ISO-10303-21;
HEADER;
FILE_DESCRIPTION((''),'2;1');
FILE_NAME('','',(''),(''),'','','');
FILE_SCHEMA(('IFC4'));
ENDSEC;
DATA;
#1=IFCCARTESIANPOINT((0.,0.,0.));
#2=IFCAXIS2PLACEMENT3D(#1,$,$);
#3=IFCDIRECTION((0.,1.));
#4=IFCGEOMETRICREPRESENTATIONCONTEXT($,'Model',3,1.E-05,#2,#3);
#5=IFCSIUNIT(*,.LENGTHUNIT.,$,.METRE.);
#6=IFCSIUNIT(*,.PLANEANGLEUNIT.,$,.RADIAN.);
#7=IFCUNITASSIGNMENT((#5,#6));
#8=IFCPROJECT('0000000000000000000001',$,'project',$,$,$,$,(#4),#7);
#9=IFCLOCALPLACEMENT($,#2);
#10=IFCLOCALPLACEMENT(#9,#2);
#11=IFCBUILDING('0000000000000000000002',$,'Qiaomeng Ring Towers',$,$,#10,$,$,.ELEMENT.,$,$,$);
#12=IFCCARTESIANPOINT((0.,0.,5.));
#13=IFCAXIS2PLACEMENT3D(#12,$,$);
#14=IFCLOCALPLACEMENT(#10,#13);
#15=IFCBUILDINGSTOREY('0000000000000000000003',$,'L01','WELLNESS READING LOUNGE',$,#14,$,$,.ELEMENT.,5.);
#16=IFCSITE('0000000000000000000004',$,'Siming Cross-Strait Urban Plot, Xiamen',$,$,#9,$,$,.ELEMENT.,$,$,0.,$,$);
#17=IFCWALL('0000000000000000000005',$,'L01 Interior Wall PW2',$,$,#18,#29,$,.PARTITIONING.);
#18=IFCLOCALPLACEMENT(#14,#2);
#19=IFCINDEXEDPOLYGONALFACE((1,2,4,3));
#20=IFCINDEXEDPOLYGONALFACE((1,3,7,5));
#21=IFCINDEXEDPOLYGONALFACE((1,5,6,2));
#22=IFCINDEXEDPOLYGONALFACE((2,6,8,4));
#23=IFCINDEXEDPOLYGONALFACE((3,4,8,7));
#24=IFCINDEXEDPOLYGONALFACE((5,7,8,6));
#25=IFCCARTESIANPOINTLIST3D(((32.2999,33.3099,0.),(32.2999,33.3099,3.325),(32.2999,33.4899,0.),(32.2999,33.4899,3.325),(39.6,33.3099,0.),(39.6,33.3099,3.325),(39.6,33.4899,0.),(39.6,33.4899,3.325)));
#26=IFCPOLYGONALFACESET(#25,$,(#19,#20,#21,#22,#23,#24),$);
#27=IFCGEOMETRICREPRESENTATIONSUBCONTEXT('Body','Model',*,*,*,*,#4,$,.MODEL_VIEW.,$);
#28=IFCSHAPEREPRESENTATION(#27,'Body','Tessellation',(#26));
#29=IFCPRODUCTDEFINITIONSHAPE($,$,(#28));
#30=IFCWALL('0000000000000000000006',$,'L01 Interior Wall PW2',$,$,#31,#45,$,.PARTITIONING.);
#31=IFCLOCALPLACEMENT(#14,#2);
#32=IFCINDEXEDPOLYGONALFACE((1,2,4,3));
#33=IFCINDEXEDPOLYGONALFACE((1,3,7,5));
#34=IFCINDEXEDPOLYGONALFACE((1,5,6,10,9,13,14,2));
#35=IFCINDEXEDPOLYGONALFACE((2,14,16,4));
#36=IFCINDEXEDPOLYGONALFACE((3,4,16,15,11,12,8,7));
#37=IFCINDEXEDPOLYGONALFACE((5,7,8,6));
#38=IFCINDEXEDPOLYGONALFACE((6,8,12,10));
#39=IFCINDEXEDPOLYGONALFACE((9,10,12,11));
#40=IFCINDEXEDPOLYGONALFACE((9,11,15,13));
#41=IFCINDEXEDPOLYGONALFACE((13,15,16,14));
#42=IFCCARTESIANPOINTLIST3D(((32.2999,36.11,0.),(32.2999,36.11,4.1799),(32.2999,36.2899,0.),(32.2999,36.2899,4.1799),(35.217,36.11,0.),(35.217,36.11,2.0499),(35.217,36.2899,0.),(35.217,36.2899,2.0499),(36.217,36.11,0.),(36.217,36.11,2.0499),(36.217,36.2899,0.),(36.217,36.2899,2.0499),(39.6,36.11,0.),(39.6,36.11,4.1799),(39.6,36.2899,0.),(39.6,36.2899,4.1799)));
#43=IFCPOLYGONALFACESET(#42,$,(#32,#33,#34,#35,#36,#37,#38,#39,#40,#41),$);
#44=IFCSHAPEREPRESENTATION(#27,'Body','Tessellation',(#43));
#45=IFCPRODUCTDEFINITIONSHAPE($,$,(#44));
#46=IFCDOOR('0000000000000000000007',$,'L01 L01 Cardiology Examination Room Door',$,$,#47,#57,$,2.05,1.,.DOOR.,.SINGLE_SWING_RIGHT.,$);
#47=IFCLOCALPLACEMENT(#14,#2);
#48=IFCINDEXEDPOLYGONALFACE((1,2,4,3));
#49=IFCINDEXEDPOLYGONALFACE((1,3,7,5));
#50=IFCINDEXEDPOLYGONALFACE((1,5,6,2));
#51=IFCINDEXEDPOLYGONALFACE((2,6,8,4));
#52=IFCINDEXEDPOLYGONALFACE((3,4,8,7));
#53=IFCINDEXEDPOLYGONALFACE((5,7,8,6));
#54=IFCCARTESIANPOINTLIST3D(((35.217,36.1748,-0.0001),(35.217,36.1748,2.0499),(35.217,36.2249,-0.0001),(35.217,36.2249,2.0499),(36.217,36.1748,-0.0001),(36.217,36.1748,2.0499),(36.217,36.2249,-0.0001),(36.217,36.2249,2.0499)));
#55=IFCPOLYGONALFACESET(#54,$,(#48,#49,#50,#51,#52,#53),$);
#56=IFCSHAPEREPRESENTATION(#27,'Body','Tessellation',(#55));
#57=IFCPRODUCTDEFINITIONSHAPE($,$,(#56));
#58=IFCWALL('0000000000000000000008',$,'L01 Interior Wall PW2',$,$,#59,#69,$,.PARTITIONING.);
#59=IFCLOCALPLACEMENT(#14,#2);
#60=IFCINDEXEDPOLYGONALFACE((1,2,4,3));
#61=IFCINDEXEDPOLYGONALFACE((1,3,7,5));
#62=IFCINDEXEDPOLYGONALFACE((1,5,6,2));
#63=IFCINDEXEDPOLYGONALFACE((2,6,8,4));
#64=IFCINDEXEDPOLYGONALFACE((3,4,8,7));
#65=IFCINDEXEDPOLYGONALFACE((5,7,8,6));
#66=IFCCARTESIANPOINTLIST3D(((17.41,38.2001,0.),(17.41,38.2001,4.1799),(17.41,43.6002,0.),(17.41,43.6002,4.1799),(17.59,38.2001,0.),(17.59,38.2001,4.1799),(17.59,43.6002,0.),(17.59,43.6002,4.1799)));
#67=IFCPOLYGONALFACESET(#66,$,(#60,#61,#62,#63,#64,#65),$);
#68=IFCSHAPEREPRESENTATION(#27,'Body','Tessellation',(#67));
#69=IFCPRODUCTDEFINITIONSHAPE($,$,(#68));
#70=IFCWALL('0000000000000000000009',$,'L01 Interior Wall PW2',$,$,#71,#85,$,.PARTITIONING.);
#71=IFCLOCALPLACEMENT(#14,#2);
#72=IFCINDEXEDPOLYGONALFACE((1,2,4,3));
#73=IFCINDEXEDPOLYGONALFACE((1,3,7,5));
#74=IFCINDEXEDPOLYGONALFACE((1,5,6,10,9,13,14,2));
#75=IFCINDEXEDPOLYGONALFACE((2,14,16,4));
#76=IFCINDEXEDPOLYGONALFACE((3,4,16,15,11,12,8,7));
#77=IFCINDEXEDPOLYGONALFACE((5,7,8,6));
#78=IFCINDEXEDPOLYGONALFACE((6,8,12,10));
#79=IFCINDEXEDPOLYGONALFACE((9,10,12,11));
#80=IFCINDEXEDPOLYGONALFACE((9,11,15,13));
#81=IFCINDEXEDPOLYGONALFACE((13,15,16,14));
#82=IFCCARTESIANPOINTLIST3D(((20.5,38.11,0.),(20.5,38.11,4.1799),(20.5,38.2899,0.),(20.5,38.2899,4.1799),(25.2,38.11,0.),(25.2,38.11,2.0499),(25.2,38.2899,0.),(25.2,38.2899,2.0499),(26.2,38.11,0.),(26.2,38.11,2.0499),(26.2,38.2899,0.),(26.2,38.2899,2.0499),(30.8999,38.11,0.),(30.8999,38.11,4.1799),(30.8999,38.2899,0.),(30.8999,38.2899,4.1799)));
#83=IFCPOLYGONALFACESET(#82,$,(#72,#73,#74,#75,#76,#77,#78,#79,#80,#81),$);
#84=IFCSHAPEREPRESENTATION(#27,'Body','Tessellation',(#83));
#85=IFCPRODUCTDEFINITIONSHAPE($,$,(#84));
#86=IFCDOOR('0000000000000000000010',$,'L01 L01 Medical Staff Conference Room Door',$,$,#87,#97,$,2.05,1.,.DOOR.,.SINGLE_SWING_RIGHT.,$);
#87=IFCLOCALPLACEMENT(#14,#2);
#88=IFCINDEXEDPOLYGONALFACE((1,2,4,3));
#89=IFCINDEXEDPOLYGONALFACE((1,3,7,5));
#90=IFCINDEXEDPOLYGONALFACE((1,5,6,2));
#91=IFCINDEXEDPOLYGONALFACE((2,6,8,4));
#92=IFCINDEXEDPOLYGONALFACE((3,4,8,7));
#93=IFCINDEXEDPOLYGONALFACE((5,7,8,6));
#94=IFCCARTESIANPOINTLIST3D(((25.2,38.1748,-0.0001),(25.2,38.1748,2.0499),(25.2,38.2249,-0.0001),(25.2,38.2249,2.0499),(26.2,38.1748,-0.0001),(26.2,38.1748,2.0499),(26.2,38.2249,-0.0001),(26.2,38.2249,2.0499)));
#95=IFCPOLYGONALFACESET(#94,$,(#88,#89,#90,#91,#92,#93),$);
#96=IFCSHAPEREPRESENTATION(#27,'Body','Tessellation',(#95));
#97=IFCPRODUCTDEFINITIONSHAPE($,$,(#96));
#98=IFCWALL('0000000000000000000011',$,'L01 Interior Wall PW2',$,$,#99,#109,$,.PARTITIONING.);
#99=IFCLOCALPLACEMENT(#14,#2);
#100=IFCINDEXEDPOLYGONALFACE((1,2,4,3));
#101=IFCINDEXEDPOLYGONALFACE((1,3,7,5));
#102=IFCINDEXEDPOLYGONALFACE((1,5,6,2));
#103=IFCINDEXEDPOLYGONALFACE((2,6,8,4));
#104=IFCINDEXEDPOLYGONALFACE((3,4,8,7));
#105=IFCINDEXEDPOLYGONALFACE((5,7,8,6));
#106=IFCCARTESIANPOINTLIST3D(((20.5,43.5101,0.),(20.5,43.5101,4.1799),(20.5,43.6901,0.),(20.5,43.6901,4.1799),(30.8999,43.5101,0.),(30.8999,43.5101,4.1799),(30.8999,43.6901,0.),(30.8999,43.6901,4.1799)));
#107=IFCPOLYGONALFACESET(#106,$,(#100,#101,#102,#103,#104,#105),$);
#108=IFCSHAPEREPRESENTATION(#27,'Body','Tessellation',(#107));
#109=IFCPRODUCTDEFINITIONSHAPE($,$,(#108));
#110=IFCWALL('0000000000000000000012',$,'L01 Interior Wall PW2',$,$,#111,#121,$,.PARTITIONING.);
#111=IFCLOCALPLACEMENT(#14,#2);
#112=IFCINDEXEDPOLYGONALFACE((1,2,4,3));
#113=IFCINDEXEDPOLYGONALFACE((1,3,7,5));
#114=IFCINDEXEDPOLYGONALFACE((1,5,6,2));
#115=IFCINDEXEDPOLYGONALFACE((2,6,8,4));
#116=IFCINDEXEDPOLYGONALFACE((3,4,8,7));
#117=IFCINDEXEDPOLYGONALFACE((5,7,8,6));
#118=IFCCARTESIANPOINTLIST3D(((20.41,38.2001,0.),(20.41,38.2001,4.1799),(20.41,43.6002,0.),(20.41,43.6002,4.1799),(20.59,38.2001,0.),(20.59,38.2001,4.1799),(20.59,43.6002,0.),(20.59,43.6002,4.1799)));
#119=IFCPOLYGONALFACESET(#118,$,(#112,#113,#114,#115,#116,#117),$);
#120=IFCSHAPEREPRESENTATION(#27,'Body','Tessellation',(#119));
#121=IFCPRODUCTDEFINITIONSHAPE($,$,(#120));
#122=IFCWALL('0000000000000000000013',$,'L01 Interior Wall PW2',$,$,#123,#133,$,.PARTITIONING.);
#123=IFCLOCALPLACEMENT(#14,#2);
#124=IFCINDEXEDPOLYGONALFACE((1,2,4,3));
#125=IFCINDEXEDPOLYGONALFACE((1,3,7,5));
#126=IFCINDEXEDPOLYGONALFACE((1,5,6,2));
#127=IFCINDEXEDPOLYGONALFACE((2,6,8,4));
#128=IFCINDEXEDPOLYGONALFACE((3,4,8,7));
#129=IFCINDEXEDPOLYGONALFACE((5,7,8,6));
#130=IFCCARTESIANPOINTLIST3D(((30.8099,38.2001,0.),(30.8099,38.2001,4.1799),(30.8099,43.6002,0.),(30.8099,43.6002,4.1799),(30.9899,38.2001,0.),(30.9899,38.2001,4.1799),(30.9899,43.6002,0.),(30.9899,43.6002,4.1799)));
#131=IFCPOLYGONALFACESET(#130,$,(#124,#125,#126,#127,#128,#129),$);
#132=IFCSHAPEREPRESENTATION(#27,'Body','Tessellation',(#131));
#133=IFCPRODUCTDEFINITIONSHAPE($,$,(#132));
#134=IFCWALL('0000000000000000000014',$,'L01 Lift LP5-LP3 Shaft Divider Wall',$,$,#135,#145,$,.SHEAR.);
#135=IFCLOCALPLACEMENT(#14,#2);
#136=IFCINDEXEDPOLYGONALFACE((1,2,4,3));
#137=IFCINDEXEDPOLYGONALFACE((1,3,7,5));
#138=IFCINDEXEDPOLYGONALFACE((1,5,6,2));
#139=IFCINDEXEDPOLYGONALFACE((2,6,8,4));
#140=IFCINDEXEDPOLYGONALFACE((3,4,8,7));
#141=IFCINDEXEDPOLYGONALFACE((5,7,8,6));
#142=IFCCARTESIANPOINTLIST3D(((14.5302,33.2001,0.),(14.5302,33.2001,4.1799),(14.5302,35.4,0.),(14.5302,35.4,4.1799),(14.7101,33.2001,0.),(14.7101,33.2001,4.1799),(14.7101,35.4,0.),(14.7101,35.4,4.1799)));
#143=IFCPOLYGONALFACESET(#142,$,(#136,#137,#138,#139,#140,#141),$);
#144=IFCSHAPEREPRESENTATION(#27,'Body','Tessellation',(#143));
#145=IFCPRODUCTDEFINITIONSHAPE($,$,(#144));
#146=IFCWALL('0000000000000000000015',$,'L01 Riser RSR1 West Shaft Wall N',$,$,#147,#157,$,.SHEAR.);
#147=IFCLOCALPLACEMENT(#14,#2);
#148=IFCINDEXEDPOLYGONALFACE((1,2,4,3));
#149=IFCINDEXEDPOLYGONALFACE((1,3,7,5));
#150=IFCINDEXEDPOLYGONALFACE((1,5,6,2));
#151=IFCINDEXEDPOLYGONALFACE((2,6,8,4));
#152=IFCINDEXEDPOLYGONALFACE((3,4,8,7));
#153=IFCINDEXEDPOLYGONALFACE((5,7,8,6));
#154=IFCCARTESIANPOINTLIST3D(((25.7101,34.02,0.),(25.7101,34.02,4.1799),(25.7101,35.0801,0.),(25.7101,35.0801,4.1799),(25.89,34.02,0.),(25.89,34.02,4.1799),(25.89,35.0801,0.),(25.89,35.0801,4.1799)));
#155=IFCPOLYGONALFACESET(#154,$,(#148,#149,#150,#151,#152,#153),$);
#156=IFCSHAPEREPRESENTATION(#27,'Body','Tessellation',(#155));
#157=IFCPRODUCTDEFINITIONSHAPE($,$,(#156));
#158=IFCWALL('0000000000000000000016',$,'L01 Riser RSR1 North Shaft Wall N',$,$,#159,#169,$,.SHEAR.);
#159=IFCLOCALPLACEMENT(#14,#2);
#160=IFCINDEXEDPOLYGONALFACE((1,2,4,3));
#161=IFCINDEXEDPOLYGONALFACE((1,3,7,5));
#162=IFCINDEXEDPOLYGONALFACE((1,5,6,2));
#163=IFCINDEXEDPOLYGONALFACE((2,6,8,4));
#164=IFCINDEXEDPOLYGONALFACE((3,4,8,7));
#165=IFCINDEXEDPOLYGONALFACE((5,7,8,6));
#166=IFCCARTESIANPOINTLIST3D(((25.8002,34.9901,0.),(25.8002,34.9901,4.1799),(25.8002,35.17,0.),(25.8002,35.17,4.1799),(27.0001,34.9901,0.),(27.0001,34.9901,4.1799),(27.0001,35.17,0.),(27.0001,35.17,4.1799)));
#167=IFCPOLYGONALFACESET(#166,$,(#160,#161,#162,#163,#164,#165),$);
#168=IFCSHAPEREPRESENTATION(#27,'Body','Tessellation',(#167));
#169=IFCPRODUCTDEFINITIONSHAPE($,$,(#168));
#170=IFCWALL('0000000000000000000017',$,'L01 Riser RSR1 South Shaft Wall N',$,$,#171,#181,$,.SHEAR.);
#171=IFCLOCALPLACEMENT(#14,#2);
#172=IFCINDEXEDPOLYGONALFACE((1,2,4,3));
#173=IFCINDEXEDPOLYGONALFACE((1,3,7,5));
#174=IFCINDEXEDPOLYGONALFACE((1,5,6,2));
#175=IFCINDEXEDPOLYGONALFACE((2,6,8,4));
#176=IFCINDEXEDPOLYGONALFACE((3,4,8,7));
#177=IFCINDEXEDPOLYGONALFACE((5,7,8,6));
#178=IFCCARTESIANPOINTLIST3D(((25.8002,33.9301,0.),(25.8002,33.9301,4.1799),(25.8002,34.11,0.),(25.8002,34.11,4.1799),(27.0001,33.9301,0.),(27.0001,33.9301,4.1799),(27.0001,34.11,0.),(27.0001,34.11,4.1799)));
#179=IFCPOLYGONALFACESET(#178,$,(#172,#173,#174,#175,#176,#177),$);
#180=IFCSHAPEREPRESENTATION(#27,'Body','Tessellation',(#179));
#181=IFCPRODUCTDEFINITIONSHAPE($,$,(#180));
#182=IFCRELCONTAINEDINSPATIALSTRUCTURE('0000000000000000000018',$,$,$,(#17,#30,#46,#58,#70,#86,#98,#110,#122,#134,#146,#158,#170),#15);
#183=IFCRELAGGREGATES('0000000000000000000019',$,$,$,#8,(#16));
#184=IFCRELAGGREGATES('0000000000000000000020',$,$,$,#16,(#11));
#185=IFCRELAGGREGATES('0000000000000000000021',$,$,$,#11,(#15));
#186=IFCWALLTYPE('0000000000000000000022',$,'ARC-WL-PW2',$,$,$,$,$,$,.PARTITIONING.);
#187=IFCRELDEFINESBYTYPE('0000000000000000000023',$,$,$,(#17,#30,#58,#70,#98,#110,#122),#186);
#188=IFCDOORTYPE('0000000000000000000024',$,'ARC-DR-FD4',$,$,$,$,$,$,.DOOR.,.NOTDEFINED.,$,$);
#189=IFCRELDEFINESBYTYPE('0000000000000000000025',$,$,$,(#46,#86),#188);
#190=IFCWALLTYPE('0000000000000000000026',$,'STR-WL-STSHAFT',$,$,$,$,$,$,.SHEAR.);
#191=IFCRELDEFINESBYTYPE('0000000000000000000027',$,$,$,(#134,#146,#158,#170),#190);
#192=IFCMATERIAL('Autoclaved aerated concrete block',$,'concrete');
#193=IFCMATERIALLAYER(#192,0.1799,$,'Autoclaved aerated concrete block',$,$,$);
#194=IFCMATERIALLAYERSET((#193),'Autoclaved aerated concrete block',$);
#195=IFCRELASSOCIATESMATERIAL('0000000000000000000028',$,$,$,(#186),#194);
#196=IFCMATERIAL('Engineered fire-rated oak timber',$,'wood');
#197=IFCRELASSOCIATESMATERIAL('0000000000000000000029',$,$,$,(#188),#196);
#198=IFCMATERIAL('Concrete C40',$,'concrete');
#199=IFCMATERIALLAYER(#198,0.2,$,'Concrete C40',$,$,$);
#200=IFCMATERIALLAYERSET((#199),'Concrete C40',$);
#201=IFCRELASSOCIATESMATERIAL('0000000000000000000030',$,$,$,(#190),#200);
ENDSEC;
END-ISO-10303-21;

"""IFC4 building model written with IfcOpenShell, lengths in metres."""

from ifc_helpers import new_model, si_unit, direction, frame, frame_2d, origin, place, context, subcontext, project, spatial, rectangle, extrude, source, transform, mapped, material, layer, layer_set, type_object, element, fill, save


model = new_model("IFC4")

# Units and contexts
model_context = context("Model", 3, precision=1e-05, world=origin(), true_north=direction((0.0, 1.0)))
body_context = subcontext(model_context, "Body", "Model", "MODEL_VIEW")
ifc_project = project(units=[si_unit("LENGTHUNIT", "METRE"), si_unit("PLANEANGLEUNIT", "RADIAN")], contexts=[model_context])

# Site, building, storey
site_placement = place(None, origin())
site = spatial("IfcSite", under=ifc_project, at=site_placement, Name="Siming Cross-Strait Urban Plot, Xiamen", CompositionType="ELEMENT", RefElevation=0.0)
building_placement = place(site_placement, origin())
building = spatial("IfcBuilding", under=site, at=building_placement, Name="Qiaomeng Ring Towers", CompositionType="ELEMENT")
storey_placement = place(building_placement, frame((0.0, 0.0, 5.0)))
storey = spatial("IfcBuildingStorey", under=building, at=storey_placement, Name="L01", Description="WELLNESS READING LOUNGE", CompositionType="ELEMENT", Elevation=5.0)

# Wall
ifc_material_1 = material(Name="Autoclaved aerated concrete block", Category="concrete")
ifc_layer_1 = layer(ifc_material_1, 0.1799, Name="Autoclaved aerated concrete block")
ifc_layer_set_1 = layer_set([ifc_layer_1], Name="Autoclaved aerated concrete block")
wall_type_1 = type_object("IfcWallType", Name="ARC-WL-PW2", PredefinedType="PARTITIONING", material=ifc_layer_set_1)
wall_1_placement = place(storey_placement, frame((32.3, 33.3999, 0.0), z_axis=(0.0, 0.0, 1.0), x_axis=(1.0, 0.0, 0.0)))
element("IfcWall", 1, at=wall_1_placement, inside=storey, type_object=wall_type_1, Name="L01 Interior Wall PW2", PredefinedType="PARTITIONING", context=body_context, shape_type="SweptSolid", body=[
    extrude(rectangle(XDim=7.3, YDim=0.1799, at=frame_2d((3.6499, 0.0))), origin(), (0.0, 0.0, 1.0), 3.325),
])

# Wall, opening, door
wall_2_placement = place(storey_placement, frame((32.3, 36.2, 0.0), z_axis=(0.0, 0.0, 1.0), x_axis=(1.0, 0.0, 0.0)))
wall_2 = element("IfcWall", 2, at=wall_2_placement, inside=storey, type_object=wall_type_1, Name="L01 Interior Wall PW2", PredefinedType="PARTITIONING", context=body_context, shape_type="SweptSolid", body=[
    extrude(rectangle(XDim=7.3, YDim=0.1799, at=frame_2d((3.6499, 0.0))), origin(), (0.0, 0.0, 1.0), 4.1799),
])
opening_1_placement = place(wall_2_placement, frame((2.917, 0.0, 0.0)))
opening_1 = element("IfcOpeningElement", 3, at=opening_1_placement, cuts=wall_2, PredefinedType="OPENING", context=body_context, shape_type="SweptSolid", body=[
    extrude(rectangle(XDim=1.0, YDim=2.05, at=frame_2d((0.5, 1.0249))), frame((0.0, 0.0999, 0.0), z_axis=(0.0, -1.0, 0.0), x_axis=(1.0, 0.0, 0.0)), (0.0, 0.0, 1.0), 0.2),
])
ifc_material_2 = material(Name="Engineered fire-rated oak timber", Category="wood")
door_type_1 = type_object("IfcDoorType", Name="ARC-DR-FD4", OperationType="NOTDEFINED", PredefinedType="DOOR", material=ifc_material_2)
shared_shape_1 = source(origin(), body_context, "Body", "SweptSolid", [
    extrude(rectangle(XDim=1.0, YDim=2.05, at=frame_2d((0.5, 1.0249))), frame((0.0, 0.0249, 0.0), z_axis=(0.0, -1.0, 0.0), x_axis=(1.0, 0.0, 0.0)), (0.0, 0.0, 1.0), 0.05),
])
door_1_placement = place(opening_1_placement, origin())
door_1 = element("IfcDoor", 4, at=door_1_placement, inside=storey, type_object=door_type_1, Name="L01 L01 Cardiology Examination Room Door", OperationType="SINGLE_SWING_RIGHT", OverallHeight=2.05, OverallWidth=1.0, PredefinedType="DOOR", context=body_context, shape_type="MappedRepresentation", body=[
    mapped(shared_shape_1, transform((0.0, 0.0, 0.0), x_axis=(1.0, 0.0, 0.0), y_axis=(0.0, 1.0, 0.0), z_axis=(0.0, 0.0, 1.0), scale=1.0)),
])
fill(opening_1, door_1)

# Wall
wall_3_placement = place(storey_placement, frame((17.5, 38.2, 0.0), z_axis=(0.0, 0.0, 1.0), x_axis=(0.0, 1.0, 0.0)))
element("IfcWall", 5, at=wall_3_placement, inside=storey, type_object=wall_type_1, Name="L01 Interior Wall PW2", PredefinedType="PARTITIONING", context=body_context, shape_type="SweptSolid", body=[
    extrude(rectangle(XDim=5.4001, YDim=0.1799, at=frame_2d((2.7002, 0.0))), origin(), (0.0, 0.0, 1.0), 4.1799),
])

# Wall, opening, door
wall_4_placement = place(storey_placement, frame((20.5, 38.2, 0.0), z_axis=(0.0, 0.0, 1.0), x_axis=(1.0, 0.0, 0.0)))
wall_4 = element("IfcWall", 6, at=wall_4_placement, inside=storey, type_object=wall_type_1, Name="L01 Interior Wall PW2", PredefinedType="PARTITIONING", context=body_context, shape_type="SweptSolid", body=[
    extrude(rectangle(XDim=10.3999, YDim=0.1799, at=frame_2d((5.2, 0.0))), origin(), (0.0, 0.0, 1.0), 4.1799),
])
opening_2_placement = place(wall_4_placement, frame((4.7, 0.0, 0.0)))
opening_2 = element("IfcOpeningElement", 7, at=opening_2_placement, cuts=wall_4, PredefinedType="OPENING", context=body_context, shape_type="SweptSolid", body=[
    extrude(rectangle(XDim=1.0, YDim=2.05, at=frame_2d((0.5, 1.0249))), frame((0.0, 0.0999, 0.0), z_axis=(0.0, -1.0, 0.0), x_axis=(1.0, 0.0, 0.0)), (0.0, 0.0, 1.0), 0.2),
])
door_2_placement = place(opening_2_placement, origin())
door_2 = element("IfcDoor", 8, at=door_2_placement, inside=storey, type_object=door_type_1, Name="L01 L01 Medical Staff Conference Room Door", OperationType="SINGLE_SWING_RIGHT", OverallHeight=2.05, OverallWidth=1.0, PredefinedType="DOOR", context=body_context, shape_type="MappedRepresentation", body=[
    mapped(shared_shape_1, transform((0.0, 0.0, 0.0), x_axis=(1.0, 0.0, 0.0), y_axis=(0.0, 1.0, 0.0), z_axis=(0.0, 0.0, 1.0), scale=1.0)),
])
fill(opening_2, door_2)

# Walls
wall_5_placement = place(storey_placement, frame((20.5, 43.6001, 0.0), z_axis=(0.0, 0.0, 1.0), x_axis=(1.0, 0.0, 0.0)))
element("IfcWall", 9, at=wall_5_placement, inside=storey, type_object=wall_type_1, Name="L01 Interior Wall PW2", PredefinedType="PARTITIONING", context=body_context, shape_type="SweptSolid", body=[
    extrude(rectangle(XDim=10.3999, YDim=0.1799, at=frame_2d((5.2, 0.0))), origin(), (0.0, 0.0, 1.0), 4.1799),
])
for number, where, z_axis, x_axis, name in (
    (10, (20.5, 38.2, 0.0), (0.0, 0.0, 1.0), (0.0, 1.0, 0.0), "L01 Interior Wall PW2"),
    (11, (30.8999, 38.2, 0.0), (0.0, 0.0, 1.0), (0.0, 1.0, 0.0), "L01 Interior Wall PW2"),
):
    element("IfcWall", number, at=place(storey_placement, frame(where, z_axis=z_axis, x_axis=x_axis)), inside=storey, type_object=wall_type_1, Name=name, PredefinedType="PARTITIONING", context=body_context, shape_type="SweptSolid", body=[
        extrude(rectangle(XDim=5.4001, YDim=0.1799, at=frame_2d((2.7002, 0.0))), origin(), (0.0, 0.0, 1.0), 4.1799),
    ])
ifc_material_3 = material(Name="Concrete C40", Category="concrete")
ifc_layer_2 = layer(ifc_material_3, 0.2, Name="Concrete C40")
ifc_layer_set_2 = layer_set([ifc_layer_2], Name="Concrete C40")
wall_type_2 = type_object("IfcWallType", Name="STR-WL-STSHAFT", PredefinedType="SHEAR", material=ifc_layer_set_2)
wall_6_placement = place(storey_placement, frame((14.6201, 33.2, 0.0), z_axis=(0.0, 0.0, 1.0), x_axis=(0.0, 1.0, 0.0)))
element("IfcWall", 12, at=wall_6_placement, inside=storey, type_object=wall_type_2, Name="L01 Lift LP5-LP3 Shaft Divider Wall", PredefinedType="SHEAR", context=body_context, shape_type="SweptSolid", body=[
    extrude(rectangle(XDim=2.2, YDim=0.1799, at=frame_2d((1.1001, 0.0))), origin(), (0.0, 0.0, 1.0), 4.1799),
])
wall_7_placement = place(storey_placement, frame((25.8, 34.02, 0.0), z_axis=(0.0, 0.0, 1.0), x_axis=(0.0, 1.0, 0.0)))
element("IfcWall", 13, at=wall_7_placement, inside=storey, type_object=wall_type_2, Name="L01 Riser RSR1 West Shaft Wall N", PredefinedType="SHEAR", context=body_context, shape_type="SweptSolid", body=[
    extrude(rectangle(XDim=1.0601, YDim=0.1799, at=frame_2d((0.53, 0.0))), origin(), (0.0, 0.0, 1.0), 4.1799),
])
for number, where, z_axis, x_axis, name in (
    (14, (25.8, 35.0801, 0.0), (0.0, 0.0, 1.0), (1.0, 0.0, 0.0), "L01 Riser RSR1 North Shaft Wall N"),
    (15, (25.8, 34.02, 0.0), (0.0, 0.0, 1.0), (1.0, 0.0, 0.0), "L01 Riser RSR1 South Shaft Wall N"),
):
    element("IfcWall", number, at=place(storey_placement, frame(where, z_axis=z_axis, x_axis=x_axis)), inside=storey, type_object=wall_type_2, Name=name, PredefinedType="SHEAR", context=body_context, shape_type="SweptSolid", body=[
        extrude(rectangle(XDim=1.2, YDim=0.1799, at=frame_2d((0.6001, 0.0))), origin(), (0.0, 0.0, 1.0), 4.1799),
    ])

save(model, "model.ifc")
